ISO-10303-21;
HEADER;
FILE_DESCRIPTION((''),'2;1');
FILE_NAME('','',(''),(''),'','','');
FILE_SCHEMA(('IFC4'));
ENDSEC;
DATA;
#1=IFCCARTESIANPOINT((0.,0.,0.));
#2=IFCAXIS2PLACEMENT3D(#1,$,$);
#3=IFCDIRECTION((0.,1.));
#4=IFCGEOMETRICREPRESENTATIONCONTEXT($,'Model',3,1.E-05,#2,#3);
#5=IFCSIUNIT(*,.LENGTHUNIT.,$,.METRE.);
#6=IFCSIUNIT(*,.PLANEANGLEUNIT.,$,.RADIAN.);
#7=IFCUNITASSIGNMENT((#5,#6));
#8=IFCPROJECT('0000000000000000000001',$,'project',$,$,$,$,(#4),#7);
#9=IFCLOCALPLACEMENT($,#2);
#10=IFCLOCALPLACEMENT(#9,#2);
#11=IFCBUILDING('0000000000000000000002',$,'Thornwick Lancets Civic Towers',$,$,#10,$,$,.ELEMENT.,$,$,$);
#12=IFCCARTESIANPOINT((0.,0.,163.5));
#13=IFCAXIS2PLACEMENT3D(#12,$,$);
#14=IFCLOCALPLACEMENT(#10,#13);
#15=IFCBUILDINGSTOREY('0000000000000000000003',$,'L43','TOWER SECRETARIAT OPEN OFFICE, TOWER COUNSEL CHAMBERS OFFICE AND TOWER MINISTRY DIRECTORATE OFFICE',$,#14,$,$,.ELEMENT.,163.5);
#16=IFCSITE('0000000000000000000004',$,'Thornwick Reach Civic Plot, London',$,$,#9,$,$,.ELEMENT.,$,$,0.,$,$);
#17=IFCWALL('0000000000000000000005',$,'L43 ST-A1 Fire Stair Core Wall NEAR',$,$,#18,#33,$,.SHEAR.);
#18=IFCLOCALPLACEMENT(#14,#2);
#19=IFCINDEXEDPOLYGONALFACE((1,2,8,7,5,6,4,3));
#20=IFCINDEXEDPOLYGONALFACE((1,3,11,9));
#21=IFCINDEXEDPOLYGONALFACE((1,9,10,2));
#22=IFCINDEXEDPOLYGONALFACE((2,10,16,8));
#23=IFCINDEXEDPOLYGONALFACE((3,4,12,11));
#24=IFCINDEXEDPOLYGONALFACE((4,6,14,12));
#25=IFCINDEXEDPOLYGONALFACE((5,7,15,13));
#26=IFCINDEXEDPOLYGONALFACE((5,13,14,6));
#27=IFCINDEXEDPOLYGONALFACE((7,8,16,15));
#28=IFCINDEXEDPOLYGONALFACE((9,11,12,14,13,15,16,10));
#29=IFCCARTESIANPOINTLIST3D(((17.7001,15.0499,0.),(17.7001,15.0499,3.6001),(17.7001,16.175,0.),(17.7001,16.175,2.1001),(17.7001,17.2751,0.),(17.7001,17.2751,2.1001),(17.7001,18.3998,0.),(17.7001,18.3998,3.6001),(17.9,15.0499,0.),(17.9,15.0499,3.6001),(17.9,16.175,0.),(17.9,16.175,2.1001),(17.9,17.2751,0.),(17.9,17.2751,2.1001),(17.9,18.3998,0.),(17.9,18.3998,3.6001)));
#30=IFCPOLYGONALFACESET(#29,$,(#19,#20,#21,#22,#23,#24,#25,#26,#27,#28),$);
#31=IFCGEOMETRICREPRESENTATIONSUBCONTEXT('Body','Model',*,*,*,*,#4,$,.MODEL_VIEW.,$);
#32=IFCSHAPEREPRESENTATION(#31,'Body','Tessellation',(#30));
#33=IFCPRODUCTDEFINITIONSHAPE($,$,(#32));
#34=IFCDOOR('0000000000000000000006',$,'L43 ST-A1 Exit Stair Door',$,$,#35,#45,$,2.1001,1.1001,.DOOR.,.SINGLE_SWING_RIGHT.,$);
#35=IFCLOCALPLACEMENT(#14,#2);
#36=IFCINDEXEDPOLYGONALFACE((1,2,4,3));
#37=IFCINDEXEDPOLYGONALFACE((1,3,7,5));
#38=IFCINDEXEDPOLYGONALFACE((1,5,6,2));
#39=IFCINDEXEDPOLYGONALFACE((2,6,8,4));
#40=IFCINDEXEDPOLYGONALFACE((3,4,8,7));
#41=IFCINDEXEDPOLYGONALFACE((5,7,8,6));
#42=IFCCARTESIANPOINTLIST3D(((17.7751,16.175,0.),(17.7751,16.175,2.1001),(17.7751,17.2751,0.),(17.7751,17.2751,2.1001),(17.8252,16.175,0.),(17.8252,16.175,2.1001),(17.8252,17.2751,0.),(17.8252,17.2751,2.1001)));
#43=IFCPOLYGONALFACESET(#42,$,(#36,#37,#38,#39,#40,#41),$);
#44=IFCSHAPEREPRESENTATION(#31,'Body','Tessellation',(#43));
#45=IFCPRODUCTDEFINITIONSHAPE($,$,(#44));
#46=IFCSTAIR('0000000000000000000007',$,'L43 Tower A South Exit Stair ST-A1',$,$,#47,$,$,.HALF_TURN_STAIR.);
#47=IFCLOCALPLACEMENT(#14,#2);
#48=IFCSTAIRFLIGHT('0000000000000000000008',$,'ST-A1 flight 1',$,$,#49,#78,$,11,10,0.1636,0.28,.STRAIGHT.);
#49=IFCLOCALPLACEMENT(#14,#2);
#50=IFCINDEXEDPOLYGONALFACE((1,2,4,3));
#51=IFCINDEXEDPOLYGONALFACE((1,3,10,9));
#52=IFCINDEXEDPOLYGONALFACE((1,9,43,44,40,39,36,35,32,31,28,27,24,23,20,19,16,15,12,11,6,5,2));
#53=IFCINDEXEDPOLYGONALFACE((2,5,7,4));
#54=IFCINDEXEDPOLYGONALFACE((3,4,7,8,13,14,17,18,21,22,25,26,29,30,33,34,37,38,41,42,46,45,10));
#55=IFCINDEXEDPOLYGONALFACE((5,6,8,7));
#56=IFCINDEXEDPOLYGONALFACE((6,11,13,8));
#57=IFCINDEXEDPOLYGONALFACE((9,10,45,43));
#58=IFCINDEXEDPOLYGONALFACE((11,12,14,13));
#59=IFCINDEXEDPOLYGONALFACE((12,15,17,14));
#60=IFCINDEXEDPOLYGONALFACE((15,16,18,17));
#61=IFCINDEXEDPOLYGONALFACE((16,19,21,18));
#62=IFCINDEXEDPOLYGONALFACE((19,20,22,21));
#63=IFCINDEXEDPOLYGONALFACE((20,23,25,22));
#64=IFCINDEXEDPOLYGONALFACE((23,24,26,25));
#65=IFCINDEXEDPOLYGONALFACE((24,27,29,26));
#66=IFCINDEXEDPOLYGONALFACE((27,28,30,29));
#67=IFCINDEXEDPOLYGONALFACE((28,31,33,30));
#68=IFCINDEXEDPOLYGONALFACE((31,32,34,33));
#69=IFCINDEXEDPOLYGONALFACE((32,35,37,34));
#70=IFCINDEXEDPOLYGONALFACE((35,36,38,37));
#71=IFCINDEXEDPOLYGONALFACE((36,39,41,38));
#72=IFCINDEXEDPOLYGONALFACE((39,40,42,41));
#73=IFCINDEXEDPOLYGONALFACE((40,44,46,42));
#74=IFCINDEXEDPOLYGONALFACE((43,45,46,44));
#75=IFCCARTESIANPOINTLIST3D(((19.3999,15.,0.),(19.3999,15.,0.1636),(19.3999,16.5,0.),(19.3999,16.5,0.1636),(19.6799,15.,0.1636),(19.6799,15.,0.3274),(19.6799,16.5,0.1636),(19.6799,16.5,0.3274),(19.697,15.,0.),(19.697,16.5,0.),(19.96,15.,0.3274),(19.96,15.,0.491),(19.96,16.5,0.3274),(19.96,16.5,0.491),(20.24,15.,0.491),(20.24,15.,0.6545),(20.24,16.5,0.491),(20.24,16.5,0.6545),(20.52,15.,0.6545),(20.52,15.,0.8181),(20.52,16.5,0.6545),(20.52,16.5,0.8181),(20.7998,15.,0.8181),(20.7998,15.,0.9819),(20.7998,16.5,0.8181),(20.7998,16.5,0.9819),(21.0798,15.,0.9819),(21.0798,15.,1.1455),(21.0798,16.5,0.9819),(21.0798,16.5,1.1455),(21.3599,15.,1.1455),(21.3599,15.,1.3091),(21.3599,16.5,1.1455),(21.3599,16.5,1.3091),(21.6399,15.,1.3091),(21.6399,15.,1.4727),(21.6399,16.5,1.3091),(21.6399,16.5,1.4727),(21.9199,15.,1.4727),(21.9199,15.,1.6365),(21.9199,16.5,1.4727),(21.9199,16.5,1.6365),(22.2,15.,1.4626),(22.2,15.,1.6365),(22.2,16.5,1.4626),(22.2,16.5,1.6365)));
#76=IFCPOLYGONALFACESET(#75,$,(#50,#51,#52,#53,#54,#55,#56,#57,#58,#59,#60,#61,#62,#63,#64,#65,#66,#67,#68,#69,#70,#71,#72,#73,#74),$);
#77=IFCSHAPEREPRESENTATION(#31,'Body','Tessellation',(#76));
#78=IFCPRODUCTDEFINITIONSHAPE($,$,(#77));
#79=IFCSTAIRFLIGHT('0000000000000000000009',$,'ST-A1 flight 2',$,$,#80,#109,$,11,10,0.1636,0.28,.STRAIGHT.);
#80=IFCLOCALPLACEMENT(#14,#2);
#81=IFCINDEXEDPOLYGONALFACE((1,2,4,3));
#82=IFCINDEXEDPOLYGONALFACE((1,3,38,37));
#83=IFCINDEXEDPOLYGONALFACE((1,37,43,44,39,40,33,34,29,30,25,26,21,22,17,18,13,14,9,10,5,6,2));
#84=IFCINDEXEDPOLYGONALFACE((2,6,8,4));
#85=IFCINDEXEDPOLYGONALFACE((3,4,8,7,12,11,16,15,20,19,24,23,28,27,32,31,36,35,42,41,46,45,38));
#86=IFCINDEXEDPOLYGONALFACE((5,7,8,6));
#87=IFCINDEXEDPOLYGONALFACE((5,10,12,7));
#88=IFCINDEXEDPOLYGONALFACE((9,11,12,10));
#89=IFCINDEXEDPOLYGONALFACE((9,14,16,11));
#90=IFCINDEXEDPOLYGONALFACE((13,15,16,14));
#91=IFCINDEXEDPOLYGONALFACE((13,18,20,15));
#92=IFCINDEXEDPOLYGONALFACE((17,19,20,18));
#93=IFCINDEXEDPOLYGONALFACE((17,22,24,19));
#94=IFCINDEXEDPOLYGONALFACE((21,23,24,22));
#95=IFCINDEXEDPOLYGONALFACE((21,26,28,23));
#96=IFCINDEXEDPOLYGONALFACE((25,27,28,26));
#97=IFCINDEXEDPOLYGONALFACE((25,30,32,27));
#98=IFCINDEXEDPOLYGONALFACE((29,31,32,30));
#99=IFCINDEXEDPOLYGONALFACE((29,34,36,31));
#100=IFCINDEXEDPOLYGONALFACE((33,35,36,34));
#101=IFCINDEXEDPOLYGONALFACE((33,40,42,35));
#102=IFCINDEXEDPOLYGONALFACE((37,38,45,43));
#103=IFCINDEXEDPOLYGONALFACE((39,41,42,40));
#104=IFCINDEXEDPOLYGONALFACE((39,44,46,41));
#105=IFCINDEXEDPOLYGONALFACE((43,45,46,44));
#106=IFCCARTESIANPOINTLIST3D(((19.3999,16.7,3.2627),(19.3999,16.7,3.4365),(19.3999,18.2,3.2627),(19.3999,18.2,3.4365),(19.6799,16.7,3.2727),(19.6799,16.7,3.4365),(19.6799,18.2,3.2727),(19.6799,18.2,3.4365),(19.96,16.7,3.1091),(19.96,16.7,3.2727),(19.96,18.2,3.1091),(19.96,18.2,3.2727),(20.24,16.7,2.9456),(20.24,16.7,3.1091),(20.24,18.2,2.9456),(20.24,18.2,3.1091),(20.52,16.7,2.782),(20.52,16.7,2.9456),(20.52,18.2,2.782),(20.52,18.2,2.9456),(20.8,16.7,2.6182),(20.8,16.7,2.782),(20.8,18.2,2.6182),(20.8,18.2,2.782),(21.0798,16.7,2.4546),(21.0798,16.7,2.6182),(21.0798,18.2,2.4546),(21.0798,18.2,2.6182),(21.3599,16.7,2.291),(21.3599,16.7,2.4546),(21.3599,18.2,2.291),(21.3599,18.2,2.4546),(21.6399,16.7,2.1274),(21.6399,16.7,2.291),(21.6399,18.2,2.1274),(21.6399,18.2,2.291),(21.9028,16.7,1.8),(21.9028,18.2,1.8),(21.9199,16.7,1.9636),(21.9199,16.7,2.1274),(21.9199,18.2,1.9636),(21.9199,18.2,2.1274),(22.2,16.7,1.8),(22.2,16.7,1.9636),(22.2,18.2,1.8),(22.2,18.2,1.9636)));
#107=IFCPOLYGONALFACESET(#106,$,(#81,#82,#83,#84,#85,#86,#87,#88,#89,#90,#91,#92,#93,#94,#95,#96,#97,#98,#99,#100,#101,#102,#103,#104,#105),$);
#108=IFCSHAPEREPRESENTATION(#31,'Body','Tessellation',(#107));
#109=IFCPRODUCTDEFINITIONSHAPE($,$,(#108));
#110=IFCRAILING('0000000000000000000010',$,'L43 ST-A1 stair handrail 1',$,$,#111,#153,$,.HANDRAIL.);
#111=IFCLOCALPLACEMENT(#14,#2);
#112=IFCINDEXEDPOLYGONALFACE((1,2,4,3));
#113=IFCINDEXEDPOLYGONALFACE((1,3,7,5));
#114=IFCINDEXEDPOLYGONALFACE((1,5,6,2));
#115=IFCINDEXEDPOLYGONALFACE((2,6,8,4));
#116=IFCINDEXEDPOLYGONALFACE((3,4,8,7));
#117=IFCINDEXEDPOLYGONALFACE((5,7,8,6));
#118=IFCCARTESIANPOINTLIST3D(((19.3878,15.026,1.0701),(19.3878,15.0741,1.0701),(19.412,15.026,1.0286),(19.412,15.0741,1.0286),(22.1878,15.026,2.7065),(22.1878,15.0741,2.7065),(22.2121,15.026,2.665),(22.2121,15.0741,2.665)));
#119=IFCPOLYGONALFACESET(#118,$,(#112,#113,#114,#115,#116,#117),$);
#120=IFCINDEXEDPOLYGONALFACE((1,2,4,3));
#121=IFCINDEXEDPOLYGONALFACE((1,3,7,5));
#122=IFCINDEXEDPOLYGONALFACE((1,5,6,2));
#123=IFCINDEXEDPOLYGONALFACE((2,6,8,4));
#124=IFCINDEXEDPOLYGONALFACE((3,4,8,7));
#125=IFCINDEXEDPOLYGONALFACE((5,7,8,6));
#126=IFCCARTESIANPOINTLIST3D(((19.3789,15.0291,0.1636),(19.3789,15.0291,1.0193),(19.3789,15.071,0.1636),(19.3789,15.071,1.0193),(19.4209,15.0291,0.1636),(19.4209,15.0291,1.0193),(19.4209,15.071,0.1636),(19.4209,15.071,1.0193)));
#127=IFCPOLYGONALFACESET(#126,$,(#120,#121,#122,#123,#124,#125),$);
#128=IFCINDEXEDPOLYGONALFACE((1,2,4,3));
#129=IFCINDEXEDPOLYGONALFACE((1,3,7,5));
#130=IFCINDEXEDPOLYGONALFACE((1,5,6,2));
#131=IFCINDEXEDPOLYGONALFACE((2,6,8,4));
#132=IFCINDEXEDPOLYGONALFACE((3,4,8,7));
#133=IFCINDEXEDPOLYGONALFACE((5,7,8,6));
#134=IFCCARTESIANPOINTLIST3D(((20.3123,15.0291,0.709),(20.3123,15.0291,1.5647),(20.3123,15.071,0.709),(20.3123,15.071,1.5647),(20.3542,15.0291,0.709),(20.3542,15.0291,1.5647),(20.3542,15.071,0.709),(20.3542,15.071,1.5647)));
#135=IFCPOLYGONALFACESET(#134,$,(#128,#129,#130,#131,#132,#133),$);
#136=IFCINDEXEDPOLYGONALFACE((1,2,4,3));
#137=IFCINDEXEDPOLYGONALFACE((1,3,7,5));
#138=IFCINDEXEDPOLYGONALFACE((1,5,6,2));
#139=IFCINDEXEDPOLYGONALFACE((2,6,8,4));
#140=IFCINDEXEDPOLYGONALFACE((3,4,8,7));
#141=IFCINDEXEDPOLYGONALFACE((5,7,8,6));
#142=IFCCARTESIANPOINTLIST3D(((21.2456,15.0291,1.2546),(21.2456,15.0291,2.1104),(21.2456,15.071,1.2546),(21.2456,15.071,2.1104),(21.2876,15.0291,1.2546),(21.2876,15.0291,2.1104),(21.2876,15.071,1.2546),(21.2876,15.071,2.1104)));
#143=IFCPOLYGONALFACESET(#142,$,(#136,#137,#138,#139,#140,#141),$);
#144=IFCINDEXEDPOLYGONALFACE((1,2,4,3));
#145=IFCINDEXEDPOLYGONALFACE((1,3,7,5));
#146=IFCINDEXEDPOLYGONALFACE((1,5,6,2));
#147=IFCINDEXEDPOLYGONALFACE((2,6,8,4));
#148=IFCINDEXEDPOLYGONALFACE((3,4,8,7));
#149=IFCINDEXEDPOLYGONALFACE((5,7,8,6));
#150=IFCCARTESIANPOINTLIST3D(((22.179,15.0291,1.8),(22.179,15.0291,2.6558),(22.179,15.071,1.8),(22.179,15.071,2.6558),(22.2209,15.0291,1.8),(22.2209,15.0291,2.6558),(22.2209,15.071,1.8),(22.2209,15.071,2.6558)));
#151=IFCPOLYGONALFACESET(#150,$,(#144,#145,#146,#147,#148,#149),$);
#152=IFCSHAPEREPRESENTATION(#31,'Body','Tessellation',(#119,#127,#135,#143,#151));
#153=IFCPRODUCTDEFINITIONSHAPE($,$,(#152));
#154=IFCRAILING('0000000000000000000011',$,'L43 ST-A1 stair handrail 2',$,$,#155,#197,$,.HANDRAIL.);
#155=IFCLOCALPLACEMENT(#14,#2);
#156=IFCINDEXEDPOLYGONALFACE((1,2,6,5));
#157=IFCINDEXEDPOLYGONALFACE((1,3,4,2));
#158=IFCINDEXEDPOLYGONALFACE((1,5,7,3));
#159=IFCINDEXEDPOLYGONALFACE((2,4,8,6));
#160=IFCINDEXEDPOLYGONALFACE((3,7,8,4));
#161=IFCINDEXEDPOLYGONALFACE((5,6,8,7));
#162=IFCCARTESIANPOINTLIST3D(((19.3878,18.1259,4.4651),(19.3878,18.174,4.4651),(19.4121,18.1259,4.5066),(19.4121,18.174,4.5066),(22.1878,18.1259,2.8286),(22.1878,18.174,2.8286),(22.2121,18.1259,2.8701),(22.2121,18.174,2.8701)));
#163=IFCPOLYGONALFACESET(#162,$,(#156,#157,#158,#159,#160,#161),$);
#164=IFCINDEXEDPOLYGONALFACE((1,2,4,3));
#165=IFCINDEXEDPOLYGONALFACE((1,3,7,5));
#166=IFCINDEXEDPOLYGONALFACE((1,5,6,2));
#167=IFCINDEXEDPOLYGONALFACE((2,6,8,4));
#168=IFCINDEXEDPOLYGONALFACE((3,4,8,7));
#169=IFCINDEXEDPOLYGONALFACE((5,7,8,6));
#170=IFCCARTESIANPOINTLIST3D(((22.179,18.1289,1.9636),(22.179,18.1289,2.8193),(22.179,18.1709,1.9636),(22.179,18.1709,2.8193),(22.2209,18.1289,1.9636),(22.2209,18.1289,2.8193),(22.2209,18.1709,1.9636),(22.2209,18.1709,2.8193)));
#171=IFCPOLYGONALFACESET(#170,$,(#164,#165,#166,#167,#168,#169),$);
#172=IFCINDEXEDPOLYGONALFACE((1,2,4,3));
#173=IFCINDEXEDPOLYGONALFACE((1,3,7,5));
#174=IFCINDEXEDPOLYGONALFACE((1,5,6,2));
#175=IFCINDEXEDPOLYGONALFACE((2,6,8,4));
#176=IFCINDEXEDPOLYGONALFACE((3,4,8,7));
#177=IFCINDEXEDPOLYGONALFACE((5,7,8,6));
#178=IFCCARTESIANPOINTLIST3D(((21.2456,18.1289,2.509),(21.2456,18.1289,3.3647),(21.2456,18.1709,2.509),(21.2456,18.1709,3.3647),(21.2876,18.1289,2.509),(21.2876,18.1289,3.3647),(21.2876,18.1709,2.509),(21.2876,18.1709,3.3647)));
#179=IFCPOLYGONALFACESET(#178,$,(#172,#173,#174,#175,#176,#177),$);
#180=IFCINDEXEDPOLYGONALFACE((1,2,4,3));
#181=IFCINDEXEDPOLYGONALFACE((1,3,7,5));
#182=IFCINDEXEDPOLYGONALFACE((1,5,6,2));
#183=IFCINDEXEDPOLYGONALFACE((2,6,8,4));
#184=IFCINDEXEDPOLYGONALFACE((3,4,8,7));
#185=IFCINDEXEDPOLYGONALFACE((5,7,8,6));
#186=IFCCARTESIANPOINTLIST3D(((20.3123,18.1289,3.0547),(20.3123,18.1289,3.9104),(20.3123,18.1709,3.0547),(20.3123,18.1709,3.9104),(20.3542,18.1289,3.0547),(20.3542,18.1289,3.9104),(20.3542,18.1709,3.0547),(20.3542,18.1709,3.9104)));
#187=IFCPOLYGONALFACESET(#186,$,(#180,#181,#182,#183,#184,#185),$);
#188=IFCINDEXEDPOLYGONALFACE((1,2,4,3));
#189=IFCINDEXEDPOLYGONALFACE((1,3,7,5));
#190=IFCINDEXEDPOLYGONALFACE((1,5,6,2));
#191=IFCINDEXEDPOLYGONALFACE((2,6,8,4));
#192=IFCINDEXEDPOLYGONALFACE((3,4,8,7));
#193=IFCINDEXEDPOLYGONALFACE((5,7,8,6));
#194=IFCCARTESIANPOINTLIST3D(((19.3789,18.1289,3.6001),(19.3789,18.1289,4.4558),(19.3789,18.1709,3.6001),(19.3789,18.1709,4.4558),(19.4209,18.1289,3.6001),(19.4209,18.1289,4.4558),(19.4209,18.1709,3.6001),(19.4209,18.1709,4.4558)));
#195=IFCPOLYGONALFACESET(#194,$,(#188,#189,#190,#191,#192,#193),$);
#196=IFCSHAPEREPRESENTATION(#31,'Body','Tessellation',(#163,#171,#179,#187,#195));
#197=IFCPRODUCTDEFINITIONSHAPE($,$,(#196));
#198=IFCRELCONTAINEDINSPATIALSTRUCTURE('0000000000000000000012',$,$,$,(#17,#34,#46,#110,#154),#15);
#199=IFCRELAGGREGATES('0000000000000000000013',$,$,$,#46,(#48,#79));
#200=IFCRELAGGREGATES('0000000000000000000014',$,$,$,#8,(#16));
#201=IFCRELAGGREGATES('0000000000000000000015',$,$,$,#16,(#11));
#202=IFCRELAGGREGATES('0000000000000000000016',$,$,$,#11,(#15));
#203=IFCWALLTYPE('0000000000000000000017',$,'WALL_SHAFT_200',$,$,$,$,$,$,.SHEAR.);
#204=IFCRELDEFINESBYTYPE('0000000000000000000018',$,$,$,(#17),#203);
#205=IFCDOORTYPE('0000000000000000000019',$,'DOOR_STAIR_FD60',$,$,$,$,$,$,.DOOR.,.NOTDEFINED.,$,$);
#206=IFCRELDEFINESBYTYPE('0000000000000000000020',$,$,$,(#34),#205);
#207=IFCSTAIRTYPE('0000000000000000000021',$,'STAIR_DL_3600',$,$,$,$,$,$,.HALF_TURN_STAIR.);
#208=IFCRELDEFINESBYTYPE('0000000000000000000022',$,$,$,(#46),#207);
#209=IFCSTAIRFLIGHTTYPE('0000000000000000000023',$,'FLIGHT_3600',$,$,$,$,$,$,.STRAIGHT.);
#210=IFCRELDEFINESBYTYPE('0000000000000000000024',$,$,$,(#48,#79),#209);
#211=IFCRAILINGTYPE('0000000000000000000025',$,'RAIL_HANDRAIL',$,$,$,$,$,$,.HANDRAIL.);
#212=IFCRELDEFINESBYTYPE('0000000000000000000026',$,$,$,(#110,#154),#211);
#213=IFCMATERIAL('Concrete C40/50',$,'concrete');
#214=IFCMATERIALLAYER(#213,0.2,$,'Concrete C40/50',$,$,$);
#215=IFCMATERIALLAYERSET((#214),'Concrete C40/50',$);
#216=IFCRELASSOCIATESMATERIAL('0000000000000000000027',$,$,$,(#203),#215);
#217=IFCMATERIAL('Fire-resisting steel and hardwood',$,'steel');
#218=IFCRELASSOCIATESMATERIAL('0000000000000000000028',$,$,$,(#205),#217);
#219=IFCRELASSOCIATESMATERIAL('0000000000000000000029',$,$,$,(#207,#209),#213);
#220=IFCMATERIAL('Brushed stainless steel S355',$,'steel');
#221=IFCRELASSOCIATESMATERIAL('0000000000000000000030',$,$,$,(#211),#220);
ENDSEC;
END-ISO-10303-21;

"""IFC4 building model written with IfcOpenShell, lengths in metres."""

from ifc_helpers import new_model, si_unit, direction, frame, frame_2d, origin, origin_2d, place, context, subcontext, project, spatial, polyline, rectangle, outline, extrude, material, layer, layer_set, type_object, element, fill, aggregate, save


model = new_model("IFC4")

# Units and contexts
model_context = context("Model", 3, precision=1e-05, world=origin(), true_north=direction((0.0, 1.0)))
body_context = subcontext(model_context, "Body", "Model", "MODEL_VIEW")
ifc_project = project(units=[si_unit("LENGTHUNIT", "METRE"), si_unit("PLANEANGLEUNIT", "RADIAN")], contexts=[model_context])

# Site, building, storey
site_placement = place(None, origin())
site = spatial("IfcSite", under=ifc_project, at=site_placement, Name="Thornwick Reach Civic Plot, London", CompositionType="ELEMENT", RefElevation=0.0)
building_placement = place(site_placement, origin())
building = spatial("IfcBuilding", under=site, at=building_placement, Name="Thornwick Lancets Civic Towers", CompositionType="ELEMENT")
storey_placement = place(building_placement, frame((0.0, 0.0, 163.5)))
storey = spatial("IfcBuildingStorey", under=building, at=storey_placement, Name="L43", Description="TOWER SECRETARIAT OPEN OFFICE, TOWER COUNSEL CHAMBERS OFFICE AND TOWER MINISTRY DIRECTORATE OFFICE", CompositionType="ELEMENT", Elevation=163.5)

# Shared definitions
ifc_material_1 = material(Name="Concrete C40/50", Category="concrete")

# Wall, opening, door
ifc_layer_1 = layer(ifc_material_1, 0.2, Name="Concrete C40/50")
ifc_layer_set_1 = layer_set([ifc_layer_1], Name="Concrete C40/50")
wall_type_1 = type_object("IfcWallType", Name="WALL_SHAFT_200", PredefinedType="SHEAR", material=ifc_layer_set_1)
wall_1_placement = place(storey_placement, frame((17.8, 15.05, 0.0), z_axis=(0.0, 0.0, 1.0), x_axis=(0.0, 1.0, 0.0)))
wall_1 = element("IfcWall", 1, at=wall_1_placement, inside=storey, type_object=wall_type_1, Name="L43 ST-A1 Fire Stair Core Wall NEAR", PredefinedType="SHEAR", context=body_context, shape_type="SweptSolid", body=[
    extrude(rectangle(XDim=3.3499, YDim=0.2, at=frame_2d((1.6748, 0.0))), origin(), (0.0, 0.0, 1.0), 3.6001),
])
opening_1_placement = place(wall_1_placement, frame((1.125, 0.0, 0.0)))
opening_1 = element("IfcOpeningElement", 2, at=opening_1_placement, cuts=wall_1, PredefinedType="OPENING", context=body_context, shape_type="SweptSolid", body=[
    extrude(rectangle(XDim=1.1001, YDim=2.1001, at=frame_2d((0.55, 1.05))), frame((0.0, 0.1099, 0.0), z_axis=(0.0, -1.0, 0.0), x_axis=(1.0, 0.0, 0.0)), (0.0, 0.0, 1.0), 0.22),
])
ifc_material_2 = material(Name="Fire-resisting steel and hardwood", Category="steel")
door_type_1 = type_object("IfcDoorType", Name="DOOR_STAIR_FD60", OperationType="NOTDEFINED", PredefinedType="DOOR", material=ifc_material_2)
door_1_placement = place(opening_1_placement, origin())
door_1 = element("IfcDoor", 3, at=door_1_placement, inside=storey, type_object=door_type_1, Name="L43 ST-A1 Exit Stair Door", OperationType="SINGLE_SWING_RIGHT", OverallHeight=2.1001, OverallWidth=1.1001, PredefinedType="DOOR", context=body_context, shape_type="SweptSolid", body=[
    extrude(rectangle(XDim=1.1001, YDim=2.1001, at=frame_2d((0.55, 1.05))), frame((0.0, 0.0249, 0.0), z_axis=(0.0, -1.0, 0.0), x_axis=(1.0, 0.0, 0.0)), (0.0, 0.0, 1.0), 0.05),
])
fill(opening_1, door_1)

# Stair, stair flights
stair_type = type_object("IfcStairType", Name="STAIR_DL_3600", PredefinedType="HALF_TURN_STAIR", material=ifc_material_1)
stair_placement = place(storey_placement, origin())
stair = element("IfcStair", 4, at=stair_placement, inside=storey, type_object=stair_type, Name="L43 Tower A South Exit Stair ST-A1", PredefinedType="HALF_TURN_STAIR")
stair_flight_type = type_object("IfcStairFlightType", Name="FLIGHT_3600", PredefinedType="STRAIGHT", material=ifc_material_1)
stair_flight_1_placement = place(storey_placement, frame((19.3999, 15.75, 0.0), z_axis=(0.0, 0.0, 1.0), x_axis=(1.0, 0.0, 0.0)))
stair_flight_1 = element("IfcStairFlight", 5, at=stair_flight_1_placement, type_object=stair_flight_type, Name="ST-A1 flight 1", NumberOfRisers=11, NumberOfTreads=10, PredefinedType="STRAIGHT", RiserHeight=0.1636, TreadLength=0.28, context=body_context, shape_type="SweptSolid", body=[
    extrude(outline(polyline([(0.0, 0.0), (0.0, 0.1636), (0.28, 0.1636), (0.28, 0.3274), (0.5601, 0.3274), (0.5601, 0.491), (0.8401, 0.491), (0.8401, 0.6545), (1.1201, 0.6545), (1.1201, 0.8181), (1.3999, 0.8181), (1.3999, 0.9819), (1.6799, 0.9819), (1.6799, 1.1455), (1.96, 1.1455), (1.96, 1.3091), (2.24, 1.3091), (2.24, 1.4727), (2.52, 1.4727), (2.52, 1.6365), (2.8, 1.6365), (2.8, 1.8), (2.8, 1.4626), (0.2971, 0.0), (0.0, 0.0)])), frame((0.0, 0.75, 0.0), z_axis=(0.0, -1.0, 0.0), x_axis=(1.0, 0.0, 0.0)), (0.0, 0.0, 1.0), 1.5),
])
stair_flight_2_placement = place(storey_placement, frame((22.2, 17.45, 1.8), z_axis=(0.0, 0.0, 1.0), x_axis=(-1.0, 0.0, 0.0)))
stair_flight_2 = element("IfcStairFlight", 6, at=stair_flight_2_placement, type_object=stair_flight_type, Name="ST-A1 flight 2", NumberOfRisers=11, NumberOfTreads=10, PredefinedType="STRAIGHT", RiserHeight=0.1636, TreadLength=0.28, context=body_context, shape_type="SweptSolid", body=[
    extrude(outline(polyline([(0.0, 0.0), (0.0, 0.1636), (0.28, 0.1636), (0.28, 0.3274), (0.5601, 0.3274), (0.5601, 0.491), (0.8401, 0.491), (0.8401, 0.6545), (1.1201, 0.6545), (1.1201, 0.8181), (1.3999, 0.8181), (1.3999, 0.9819), (1.6799, 0.9819), (1.6799, 1.1455), (1.96, 1.1455), (1.96, 1.3091), (2.24, 1.3091), (2.24, 1.4727), (2.52, 1.4727), (2.52, 1.6365), (2.8, 1.6365), (2.8, 1.8), (2.8, 1.4626), (0.2971, 0.0), (0.0, 0.0)])), frame((0.0, 0.75, 0.0), z_axis=(0.0, -1.0, 0.0), x_axis=(1.0, 0.0, 0.0)), (0.0, 0.0, 1.0), 1.5),
])
aggregate(stair, [stair_flight_1, stair_flight_2])

# Railings
ifc_material_3 = material(Name="Brushed stainless steel S355", Category="steel")
railing_type_1 = type_object("IfcRailingType", Name="RAIL_HANDRAIL", PredefinedType="HANDRAIL", material=ifc_material_3)
railing_1_placement = place(storey_placement, frame((19.3999, 15.05, 0.1636)))
element("IfcRailing", 7, at=railing_1_placement, inside=storey, type_object=railing_type_1, Name="L43 ST-A1 stair handrail 1", PredefinedType="HANDRAIL", context=body_context, shape_type="SweptSolid", body=[
    extrude(rectangle(XDim=0.0481, YDim=0.0481, at=origin_2d()), frame((0.0, 0.0, 0.8857), z_axis=(0.863361, 0.0, 0.504587), x_axis=(0.0, 1.0, 0.0)), (0.0, 0.0, 1.0), 3.2432),
    extrude(rectangle(XDim=0.042, YDim=0.042, at=origin_2d()), origin(), (0.0, 0.0, 1.0), 0.8557),
    extrude(rectangle(XDim=0.042, YDim=0.042, at=origin_2d()), frame((0.9333, 0.0, 0.5454)), (0.0, 0.0, 1.0), 0.8557),
    extrude(rectangle(XDim=0.042, YDim=0.042, at=origin_2d()), frame((1.8667, 0.0, 1.0911)), (0.0, 0.0, 1.0), 0.8557),
    extrude(rectangle(XDim=0.042, YDim=0.042, at=origin_2d()), frame((2.8, 0.0, 1.6365)), (0.0, 0.0, 1.0), 0.8557),
])
railing_2_placement = place(storey_placement, frame((22.2, 18.1499, 1.9636)))
element("IfcRailing", 8, at=railing_2_placement, inside=storey, type_object=railing_type_1, Name="L43 ST-A1 stair handrail 2", PredefinedType="HANDRAIL", context=body_context, shape_type="SweptSolid", body=[
    extrude(rectangle(XDim=0.0481, YDim=0.0481, at=origin_2d()), frame((0.0, 0.0, 0.8857), z_axis=(-0.863361, 0.0, 0.504587), x_axis=(0.0, -1.0, 0.0)), (0.0, 0.0, 1.0), 3.2432),
    extrude(rectangle(XDim=0.042, YDim=0.042, at=origin_2d()), origin(), (0.0, 0.0, 1.0), 0.8557),
    extrude(rectangle(XDim=0.042, YDim=0.042, at=origin_2d()), frame((-0.9333, 0.0, 0.5454)), (0.0, 0.0, 1.0), 0.8557),
    extrude(rectangle(XDim=0.042, YDim=0.042, at=origin_2d()), frame((-1.8667, 0.0, 1.0911)), (0.0, 0.0, 1.0), 0.8557),
    extrude(rectangle(XDim=0.042, YDim=0.042, at=origin_2d()), frame((-2.8, 0.0, 1.6365)), (0.0, 0.0, 1.0), 0.8557),
])

save(model, "model.ifc")
